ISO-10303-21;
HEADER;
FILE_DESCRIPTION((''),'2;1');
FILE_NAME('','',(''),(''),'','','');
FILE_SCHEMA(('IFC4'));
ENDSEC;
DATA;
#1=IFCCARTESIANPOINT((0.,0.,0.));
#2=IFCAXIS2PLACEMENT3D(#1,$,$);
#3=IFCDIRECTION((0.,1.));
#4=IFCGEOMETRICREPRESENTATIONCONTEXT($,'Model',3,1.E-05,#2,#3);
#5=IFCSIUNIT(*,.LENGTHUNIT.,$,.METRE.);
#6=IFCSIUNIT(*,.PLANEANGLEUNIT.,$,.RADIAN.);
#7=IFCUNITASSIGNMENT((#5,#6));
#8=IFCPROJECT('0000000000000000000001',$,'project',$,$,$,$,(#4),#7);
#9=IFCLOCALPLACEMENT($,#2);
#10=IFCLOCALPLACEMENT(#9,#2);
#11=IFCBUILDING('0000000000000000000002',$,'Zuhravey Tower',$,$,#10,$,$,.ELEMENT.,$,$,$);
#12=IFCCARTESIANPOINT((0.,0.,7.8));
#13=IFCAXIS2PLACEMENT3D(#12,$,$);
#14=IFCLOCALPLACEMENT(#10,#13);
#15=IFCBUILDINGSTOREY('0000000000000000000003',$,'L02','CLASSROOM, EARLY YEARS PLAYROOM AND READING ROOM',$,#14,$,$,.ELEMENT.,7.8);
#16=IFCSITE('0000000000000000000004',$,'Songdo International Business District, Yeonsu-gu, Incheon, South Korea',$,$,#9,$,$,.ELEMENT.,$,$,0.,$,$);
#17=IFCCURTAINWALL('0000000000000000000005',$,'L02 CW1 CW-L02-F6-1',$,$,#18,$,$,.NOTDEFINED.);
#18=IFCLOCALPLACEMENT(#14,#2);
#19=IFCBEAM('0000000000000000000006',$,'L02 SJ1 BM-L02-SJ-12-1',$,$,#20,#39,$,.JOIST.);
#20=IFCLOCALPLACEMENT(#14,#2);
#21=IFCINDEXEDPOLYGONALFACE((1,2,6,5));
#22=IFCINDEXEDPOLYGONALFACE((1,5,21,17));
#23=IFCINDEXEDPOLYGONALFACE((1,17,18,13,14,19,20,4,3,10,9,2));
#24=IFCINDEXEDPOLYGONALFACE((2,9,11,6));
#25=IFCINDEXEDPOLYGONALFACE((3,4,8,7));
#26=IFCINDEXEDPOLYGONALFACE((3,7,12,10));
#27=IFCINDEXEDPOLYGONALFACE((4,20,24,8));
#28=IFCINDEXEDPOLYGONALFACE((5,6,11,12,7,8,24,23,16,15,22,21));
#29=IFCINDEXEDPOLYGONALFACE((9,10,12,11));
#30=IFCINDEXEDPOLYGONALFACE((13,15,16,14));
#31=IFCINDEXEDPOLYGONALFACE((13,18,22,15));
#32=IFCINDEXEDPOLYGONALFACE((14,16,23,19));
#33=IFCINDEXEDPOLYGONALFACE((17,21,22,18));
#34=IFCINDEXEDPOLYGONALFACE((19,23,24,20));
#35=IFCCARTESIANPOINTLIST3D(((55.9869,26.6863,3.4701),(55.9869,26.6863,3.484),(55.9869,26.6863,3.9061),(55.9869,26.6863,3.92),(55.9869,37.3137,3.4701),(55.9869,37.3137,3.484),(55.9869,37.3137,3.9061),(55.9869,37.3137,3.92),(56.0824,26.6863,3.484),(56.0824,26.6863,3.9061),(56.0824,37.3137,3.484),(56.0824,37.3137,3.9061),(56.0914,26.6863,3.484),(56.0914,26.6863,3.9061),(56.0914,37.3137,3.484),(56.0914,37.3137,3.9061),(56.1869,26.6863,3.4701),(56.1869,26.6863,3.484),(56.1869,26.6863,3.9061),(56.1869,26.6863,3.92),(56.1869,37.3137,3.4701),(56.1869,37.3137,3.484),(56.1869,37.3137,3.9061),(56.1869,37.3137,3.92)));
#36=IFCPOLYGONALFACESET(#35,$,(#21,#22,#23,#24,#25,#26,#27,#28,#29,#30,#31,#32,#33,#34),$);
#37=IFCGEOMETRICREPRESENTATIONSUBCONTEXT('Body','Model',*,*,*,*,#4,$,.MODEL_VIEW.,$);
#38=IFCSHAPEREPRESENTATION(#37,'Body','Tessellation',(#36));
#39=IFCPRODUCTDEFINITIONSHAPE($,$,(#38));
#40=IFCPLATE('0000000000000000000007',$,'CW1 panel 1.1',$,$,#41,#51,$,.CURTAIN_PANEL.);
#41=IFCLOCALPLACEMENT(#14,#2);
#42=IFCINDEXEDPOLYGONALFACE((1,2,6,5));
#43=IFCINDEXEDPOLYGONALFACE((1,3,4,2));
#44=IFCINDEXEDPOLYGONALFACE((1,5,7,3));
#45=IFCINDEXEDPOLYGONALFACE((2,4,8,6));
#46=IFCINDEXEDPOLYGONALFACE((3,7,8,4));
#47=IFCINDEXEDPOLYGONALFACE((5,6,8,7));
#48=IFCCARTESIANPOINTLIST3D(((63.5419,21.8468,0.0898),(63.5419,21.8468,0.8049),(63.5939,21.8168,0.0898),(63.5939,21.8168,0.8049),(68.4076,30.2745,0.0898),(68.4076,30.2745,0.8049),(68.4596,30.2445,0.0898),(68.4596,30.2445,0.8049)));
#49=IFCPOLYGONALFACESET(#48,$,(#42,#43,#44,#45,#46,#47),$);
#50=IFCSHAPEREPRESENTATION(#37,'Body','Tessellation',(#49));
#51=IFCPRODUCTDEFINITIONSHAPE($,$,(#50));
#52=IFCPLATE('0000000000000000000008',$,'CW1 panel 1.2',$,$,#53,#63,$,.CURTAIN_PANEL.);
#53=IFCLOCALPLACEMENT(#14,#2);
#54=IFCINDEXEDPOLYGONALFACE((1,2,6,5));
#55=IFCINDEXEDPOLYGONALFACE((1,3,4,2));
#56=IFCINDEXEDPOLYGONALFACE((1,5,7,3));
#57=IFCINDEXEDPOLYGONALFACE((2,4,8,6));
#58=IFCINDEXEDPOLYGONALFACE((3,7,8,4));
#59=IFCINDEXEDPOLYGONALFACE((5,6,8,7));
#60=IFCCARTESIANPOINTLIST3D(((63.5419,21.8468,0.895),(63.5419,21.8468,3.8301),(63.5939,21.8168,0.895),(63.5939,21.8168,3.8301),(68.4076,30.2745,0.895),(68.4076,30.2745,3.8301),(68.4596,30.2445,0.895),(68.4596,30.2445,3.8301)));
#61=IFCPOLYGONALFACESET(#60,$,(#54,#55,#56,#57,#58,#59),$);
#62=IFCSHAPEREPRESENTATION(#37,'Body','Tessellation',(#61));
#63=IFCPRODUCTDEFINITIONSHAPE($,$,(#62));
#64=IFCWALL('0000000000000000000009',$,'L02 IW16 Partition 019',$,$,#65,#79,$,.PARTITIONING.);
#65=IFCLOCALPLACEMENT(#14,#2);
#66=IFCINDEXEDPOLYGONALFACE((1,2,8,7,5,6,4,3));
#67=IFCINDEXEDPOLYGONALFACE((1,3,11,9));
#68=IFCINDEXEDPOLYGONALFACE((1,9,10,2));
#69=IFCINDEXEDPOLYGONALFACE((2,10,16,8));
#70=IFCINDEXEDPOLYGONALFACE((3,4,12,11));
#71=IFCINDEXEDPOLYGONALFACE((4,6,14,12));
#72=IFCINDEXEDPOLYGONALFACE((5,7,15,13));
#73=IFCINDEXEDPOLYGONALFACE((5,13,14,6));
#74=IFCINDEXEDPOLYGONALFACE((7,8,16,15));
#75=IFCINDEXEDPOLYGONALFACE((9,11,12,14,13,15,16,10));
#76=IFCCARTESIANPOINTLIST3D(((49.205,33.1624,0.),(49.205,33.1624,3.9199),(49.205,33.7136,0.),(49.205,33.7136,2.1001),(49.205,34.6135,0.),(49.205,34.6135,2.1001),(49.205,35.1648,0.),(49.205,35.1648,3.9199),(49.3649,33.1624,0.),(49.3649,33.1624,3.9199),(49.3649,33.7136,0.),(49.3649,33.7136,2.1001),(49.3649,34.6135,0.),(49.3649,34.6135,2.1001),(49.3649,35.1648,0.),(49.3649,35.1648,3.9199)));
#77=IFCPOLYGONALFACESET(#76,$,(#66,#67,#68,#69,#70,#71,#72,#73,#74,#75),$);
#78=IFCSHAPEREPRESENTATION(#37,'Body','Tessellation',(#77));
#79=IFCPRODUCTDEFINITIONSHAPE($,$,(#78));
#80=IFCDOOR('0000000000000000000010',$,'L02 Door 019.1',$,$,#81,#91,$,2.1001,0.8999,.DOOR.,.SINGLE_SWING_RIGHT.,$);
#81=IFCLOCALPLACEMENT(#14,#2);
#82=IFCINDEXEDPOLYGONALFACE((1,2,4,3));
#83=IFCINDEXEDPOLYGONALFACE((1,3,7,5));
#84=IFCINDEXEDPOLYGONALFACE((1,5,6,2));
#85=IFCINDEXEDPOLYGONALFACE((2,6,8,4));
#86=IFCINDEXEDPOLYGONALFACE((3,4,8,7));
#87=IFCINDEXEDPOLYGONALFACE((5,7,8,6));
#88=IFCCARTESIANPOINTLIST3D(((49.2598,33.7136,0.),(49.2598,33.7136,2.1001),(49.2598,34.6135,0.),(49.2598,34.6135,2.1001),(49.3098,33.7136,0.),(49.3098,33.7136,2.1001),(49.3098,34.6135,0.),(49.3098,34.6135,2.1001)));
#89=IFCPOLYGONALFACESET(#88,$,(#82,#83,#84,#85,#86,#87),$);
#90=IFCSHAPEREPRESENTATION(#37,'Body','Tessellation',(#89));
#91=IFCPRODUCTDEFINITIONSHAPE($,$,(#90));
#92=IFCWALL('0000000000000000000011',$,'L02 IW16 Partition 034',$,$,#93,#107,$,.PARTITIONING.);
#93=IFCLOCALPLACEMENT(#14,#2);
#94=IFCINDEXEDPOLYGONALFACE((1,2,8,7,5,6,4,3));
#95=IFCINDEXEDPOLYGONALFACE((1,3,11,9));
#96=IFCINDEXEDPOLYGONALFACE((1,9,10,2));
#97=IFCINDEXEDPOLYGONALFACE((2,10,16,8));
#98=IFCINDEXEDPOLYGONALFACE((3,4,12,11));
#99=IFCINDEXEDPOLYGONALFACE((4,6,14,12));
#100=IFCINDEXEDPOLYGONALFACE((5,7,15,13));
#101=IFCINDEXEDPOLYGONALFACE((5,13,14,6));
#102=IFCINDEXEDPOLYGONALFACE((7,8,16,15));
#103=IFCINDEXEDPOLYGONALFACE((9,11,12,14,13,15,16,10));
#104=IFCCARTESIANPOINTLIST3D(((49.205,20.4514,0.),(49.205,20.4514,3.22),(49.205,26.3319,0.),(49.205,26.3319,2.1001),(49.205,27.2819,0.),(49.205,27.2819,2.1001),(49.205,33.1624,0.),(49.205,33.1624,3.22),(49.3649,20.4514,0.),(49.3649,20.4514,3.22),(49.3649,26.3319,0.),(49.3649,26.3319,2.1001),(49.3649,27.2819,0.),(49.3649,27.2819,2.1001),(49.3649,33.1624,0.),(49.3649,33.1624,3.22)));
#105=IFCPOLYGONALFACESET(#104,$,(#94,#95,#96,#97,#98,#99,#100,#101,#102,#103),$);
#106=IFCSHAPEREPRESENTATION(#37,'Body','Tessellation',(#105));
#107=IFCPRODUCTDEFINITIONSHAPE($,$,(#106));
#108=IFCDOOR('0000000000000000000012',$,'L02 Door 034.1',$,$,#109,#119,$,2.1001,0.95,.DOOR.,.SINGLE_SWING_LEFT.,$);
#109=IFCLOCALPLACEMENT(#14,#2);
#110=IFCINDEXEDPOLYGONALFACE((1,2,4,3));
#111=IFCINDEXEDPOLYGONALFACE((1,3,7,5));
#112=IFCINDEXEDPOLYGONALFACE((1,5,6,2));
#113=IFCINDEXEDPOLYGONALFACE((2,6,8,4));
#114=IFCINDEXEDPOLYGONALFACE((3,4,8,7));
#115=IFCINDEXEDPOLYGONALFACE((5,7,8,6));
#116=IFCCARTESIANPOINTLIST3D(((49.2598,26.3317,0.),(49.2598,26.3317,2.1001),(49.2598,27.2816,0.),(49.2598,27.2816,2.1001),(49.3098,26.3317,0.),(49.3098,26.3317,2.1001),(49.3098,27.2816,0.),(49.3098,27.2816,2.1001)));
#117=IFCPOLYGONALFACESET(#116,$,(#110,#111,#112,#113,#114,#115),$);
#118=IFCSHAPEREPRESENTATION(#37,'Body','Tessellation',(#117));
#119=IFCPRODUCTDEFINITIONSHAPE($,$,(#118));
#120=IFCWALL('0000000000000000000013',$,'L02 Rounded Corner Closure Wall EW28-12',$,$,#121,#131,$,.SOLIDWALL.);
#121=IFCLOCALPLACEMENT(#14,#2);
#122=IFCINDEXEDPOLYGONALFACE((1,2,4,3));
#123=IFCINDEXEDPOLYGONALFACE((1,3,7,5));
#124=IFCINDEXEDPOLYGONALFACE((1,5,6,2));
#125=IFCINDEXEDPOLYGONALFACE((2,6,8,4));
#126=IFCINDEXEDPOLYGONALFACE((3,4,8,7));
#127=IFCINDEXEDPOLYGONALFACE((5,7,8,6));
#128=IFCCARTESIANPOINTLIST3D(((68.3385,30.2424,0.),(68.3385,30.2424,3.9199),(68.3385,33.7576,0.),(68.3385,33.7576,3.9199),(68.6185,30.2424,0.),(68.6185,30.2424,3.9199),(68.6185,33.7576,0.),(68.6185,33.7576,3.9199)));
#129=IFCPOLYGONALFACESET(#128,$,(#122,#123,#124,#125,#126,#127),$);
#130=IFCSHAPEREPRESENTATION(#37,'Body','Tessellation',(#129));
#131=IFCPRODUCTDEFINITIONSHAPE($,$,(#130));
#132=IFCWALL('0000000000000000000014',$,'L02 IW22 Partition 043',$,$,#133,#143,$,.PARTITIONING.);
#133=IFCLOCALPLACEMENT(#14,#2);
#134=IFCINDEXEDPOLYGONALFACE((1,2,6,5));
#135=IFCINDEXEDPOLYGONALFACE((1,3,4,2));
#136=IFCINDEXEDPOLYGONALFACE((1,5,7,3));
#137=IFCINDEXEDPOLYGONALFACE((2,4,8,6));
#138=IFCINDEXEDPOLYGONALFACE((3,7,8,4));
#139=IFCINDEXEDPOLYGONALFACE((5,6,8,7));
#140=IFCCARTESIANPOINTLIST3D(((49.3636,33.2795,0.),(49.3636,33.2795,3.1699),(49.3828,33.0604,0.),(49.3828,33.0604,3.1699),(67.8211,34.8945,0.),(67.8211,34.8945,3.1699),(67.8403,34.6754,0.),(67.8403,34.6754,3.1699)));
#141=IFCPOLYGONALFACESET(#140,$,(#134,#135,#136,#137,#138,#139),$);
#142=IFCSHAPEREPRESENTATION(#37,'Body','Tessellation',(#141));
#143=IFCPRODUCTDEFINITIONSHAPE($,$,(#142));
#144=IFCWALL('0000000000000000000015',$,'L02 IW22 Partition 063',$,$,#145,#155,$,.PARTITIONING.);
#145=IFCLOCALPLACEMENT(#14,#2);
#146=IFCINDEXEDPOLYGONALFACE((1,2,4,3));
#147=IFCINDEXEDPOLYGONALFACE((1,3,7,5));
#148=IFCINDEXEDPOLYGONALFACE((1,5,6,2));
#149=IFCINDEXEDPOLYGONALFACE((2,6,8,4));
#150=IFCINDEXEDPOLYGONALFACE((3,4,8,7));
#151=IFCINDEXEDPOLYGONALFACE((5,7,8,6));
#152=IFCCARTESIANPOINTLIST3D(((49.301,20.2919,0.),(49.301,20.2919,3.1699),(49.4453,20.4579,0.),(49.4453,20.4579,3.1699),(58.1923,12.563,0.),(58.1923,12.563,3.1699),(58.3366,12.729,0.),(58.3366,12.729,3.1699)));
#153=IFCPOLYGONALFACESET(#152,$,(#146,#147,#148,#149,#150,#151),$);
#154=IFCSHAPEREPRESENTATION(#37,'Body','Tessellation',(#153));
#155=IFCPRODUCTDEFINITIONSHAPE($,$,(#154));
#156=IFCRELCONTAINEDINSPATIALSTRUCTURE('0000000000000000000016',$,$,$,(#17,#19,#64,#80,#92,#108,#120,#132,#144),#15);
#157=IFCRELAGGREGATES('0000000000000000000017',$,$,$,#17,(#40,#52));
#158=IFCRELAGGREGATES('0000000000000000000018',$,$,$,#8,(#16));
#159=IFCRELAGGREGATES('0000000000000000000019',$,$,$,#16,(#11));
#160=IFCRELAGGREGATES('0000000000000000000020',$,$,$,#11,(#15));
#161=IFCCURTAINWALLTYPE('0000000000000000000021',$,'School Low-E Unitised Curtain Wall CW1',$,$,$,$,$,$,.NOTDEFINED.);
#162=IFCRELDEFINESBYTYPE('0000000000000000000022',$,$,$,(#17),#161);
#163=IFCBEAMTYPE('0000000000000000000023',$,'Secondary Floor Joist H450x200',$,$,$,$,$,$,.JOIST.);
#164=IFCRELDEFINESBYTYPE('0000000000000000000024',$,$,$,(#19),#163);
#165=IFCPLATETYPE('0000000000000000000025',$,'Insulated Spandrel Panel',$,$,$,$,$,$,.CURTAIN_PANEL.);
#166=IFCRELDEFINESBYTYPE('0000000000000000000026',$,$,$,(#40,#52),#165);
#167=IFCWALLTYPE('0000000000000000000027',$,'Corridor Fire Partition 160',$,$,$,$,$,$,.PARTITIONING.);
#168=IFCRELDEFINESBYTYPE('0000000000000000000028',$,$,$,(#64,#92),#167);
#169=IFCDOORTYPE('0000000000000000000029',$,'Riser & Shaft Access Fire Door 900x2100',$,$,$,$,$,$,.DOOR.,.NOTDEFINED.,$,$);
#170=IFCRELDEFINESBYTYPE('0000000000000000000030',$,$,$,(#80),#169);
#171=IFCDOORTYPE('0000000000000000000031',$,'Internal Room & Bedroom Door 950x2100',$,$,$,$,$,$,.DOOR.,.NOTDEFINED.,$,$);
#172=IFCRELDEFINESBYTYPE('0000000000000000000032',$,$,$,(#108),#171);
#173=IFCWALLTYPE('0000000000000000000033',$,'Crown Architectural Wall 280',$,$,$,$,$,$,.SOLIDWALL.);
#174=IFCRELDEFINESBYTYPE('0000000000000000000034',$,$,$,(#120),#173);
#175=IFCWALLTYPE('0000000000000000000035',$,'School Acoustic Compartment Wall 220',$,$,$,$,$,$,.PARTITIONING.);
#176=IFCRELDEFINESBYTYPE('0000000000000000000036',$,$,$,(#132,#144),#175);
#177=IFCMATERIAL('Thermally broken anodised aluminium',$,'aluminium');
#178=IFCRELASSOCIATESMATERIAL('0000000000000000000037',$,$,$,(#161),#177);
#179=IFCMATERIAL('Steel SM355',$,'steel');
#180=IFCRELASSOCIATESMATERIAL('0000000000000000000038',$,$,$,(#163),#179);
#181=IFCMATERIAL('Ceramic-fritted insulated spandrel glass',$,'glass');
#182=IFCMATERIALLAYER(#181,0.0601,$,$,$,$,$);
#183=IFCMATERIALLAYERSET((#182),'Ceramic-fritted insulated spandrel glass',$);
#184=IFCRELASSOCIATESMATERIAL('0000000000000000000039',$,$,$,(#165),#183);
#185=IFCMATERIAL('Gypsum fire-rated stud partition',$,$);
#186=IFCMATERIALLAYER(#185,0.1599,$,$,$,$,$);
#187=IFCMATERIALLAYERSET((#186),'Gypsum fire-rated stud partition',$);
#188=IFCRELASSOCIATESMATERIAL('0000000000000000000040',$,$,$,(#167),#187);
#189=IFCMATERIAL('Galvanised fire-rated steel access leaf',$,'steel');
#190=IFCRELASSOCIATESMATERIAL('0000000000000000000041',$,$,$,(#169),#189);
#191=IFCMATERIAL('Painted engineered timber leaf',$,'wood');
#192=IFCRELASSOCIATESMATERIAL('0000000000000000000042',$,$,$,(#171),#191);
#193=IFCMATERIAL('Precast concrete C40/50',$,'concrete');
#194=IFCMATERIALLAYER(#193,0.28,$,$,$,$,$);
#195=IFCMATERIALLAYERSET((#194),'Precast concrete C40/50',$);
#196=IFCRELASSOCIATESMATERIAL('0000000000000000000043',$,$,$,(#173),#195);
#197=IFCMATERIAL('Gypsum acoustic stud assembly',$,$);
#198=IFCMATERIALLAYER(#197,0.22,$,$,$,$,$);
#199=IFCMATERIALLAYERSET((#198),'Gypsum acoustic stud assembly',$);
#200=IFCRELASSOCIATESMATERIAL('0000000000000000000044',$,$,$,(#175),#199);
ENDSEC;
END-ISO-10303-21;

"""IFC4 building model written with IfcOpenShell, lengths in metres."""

from ifc_helpers import new_model, si_unit, direction, frame, frame_2d, origin, origin_2d, place, context, subcontext, project, spatial, rectangle, i_section, extrude, material, layer, layer_set, material_profile, profile_set, type_object, element, fill, aggregate, save


model = new_model("IFC4")

# Units and contexts
model_context = context("Model", 3, precision=1e-05, world=origin(), true_north=direction((0.0, 1.0)))
body_context = subcontext(model_context, "Body", "Model", "MODEL_VIEW")
ifc_project = project(units=[si_unit("LENGTHUNIT", "METRE"), si_unit("PLANEANGLEUNIT", "RADIAN")], contexts=[model_context])

# Site, building, storey
site_placement = place(None, origin())
site = spatial("IfcSite", under=ifc_project, at=site_placement, Name="Songdo International Business District, Yeonsu-gu, Incheon, South Korea", CompositionType="ELEMENT", RefElevation=0.0)
building_placement = place(site_placement, origin())
building = spatial("IfcBuilding", under=site, at=building_placement, Name="Zuhravey Tower", CompositionType="ELEMENT")
storey_placement = place(building_placement, frame((0.0, 0.0, 7.8)))
storey = spatial("IfcBuildingStorey", under=building, at=storey_placement, Name="L02", Description="CLASSROOM, EARLY YEARS PLAYROOM AND READING ROOM", CompositionType="ELEMENT", Elevation=7.8)

# Curtain wall
ifc_material_1 = material(Name="Thermally broken anodised aluminium", Category="aluminium")
curtain_wall_type = type_object("IfcCurtainWallType", Name="School Low-E Unitised Curtain Wall CW1", PredefinedType="NOTDEFINED", material=ifc_material_1)
curtain_wall_1_placement = place(storey_placement, origin())
curtain_wall_1 = element("IfcCurtainWall", 1, at=curtain_wall_1_placement, inside=storey, type_object=curtain_wall_type, Name="L02 CW1 CW-L02-F6-1", PredefinedType="NOTDEFINED")

# Beam
ifc_material_2 = material(Name="Steel SM355", Category="steel")
ifc_material_profile_1 = material_profile(ifc_material_2, i_section(OverallWidth=0.2, OverallDepth=0.45, WebThickness=0.009, FlangeThickness=0.0139, at=origin_2d()), Name="H-450x200x9x14")
ifc_profile_set_1 = profile_set([ifc_material_profile_1], Name="Steel SM355")
beam_type_1 = type_object("IfcBeamType", Name="Secondary Floor Joist H450x200", PredefinedType="JOIST", material=ifc_profile_set_1)
beam_1_placement = place(storey_placement, frame((56.0869, 26.6863, 3.6951), z_axis=(0.0, 1.0, 0.0), x_axis=(-1.0, 0.0, 0.0)))
element("IfcBeam", 2, at=beam_1_placement, inside=storey, type_object=beam_type_1, Name="L02 SJ1 BM-L02-SJ-12-1", PredefinedType="JOIST", context=body_context, shape_type="SweptSolid", body=[
    extrude(i_section(OverallWidth=0.2, OverallDepth=0.45, WebThickness=0.009, FlangeThickness=0.0139, at=origin_2d()), origin(), (0.0, 0.0, 1.0), 10.6274),
])

# Plates
ifc_material_3 = material(Name="Ceramic-fritted insulated spandrel glass", Category="glass")
ifc_layer_1 = layer(ifc_material_3, 0.0601)
ifc_layer_set_1 = layer_set([ifc_layer_1], Name="Ceramic-fritted insulated spandrel glass")
plate_type = type_object("IfcPlateType", Name="Insulated Spandrel Panel", PredefinedType="CURTAIN_PANEL", material=ifc_layer_set_1)
plate_1_placement = place(storey_placement, frame((66.0007, 26.0457, 0.0898), z_axis=(0.0, 0.0, 1.0), x_axis=(-0.5, -0.866026, 0.0)))
plate_1 = element("IfcPlate", 3, at=plate_1_placement, type_object=plate_type, Name="CW1 panel 1.1", PredefinedType="CURTAIN_PANEL", context=body_context, shape_type="SweptSolid", body=[
    extrude(rectangle(XDim=9.7314, YDim=0.0601, at=origin_2d()), origin(), (0.0, 0.0, 1.0), 0.7151),
])
plate_2_placement = place(storey_placement, frame((66.0007, 26.0457, 0.895), z_axis=(0.0, 0.0, 1.0), x_axis=(-0.5, -0.866026, 0.0)))
plate_2 = element("IfcPlate", 4, at=plate_2_placement, type_object=plate_type, Name="CW1 panel 1.2", PredefinedType="CURTAIN_PANEL", context=body_context, shape_type="SweptSolid", body=[
    extrude(rectangle(XDim=9.7314, YDim=0.0601, at=origin_2d()), origin(), (0.0, 0.0, 1.0), 2.9351),
])
aggregate(curtain_wall_1, [plate_1, plate_2])

# Walls, openings, doors
ifc_material_4 = material(Name="Gypsum fire-rated stud partition")
ifc_layer_2 = layer(ifc_material_4, 0.1599)
ifc_layer_set_2 = layer_set([ifc_layer_2], Name="Gypsum fire-rated stud partition")
wall_type_1 = type_object("IfcWallType", Name="Corridor Fire Partition 160", PredefinedType="PARTITIONING", material=ifc_layer_set_2)
wall_1_placement = place(storey_placement, frame((49.2849, 33.1624, 0.0), z_axis=(0.0, 0.0, 1.0), x_axis=(0.0, 1.0, 0.0)))
wall_1 = element("IfcWall", 5, at=wall_1_placement, inside=storey, type_object=wall_type_1, Name="L02 IW16 Partition 019", PredefinedType="PARTITIONING", context=body_context, shape_type="SweptSolid", body=[
    extrude(rectangle(XDim=2.0024, YDim=0.1599, at=frame_2d((1.0012, 0.0))), origin(), (0.0, 0.0, 1.0), 3.9199),
])
opening_1_placement = place(wall_1_placement, frame((0.5513, 0.0, 0.0)))
opening_1 = element("IfcOpeningElement", 6, at=opening_1_placement, cuts=wall_1, PredefinedType="OPENING", context=body_context, shape_type="SweptSolid", body=[
    extrude(rectangle(XDim=0.8999, YDim=2.1001, at=frame_2d((0.45, 1.05))), frame((0.0, 0.092, 0.0), z_axis=(0.0, -1.0, 0.0), x_axis=(1.0, 0.0, 0.0)), (0.0, 0.0, 1.0), 0.1838),
])
ifc_material_5 = material(Name="Galvanised fire-rated steel access leaf", Category="steel")
door_type_1 = type_object("IfcDoorType", Name="Riser & Shaft Access Fire Door 900x2100", OperationType="NOTDEFINED", PredefinedType="DOOR", material=ifc_material_5)
door_1_placement = place(opening_1_placement, frame((0.8999, 0.0, 0.0), z_axis=(0.0, 0.0, 1.0), x_axis=(-1.0, 0.0, 0.0)))
door_1 = element("IfcDoor", 7, at=door_1_placement, inside=storey, type_object=door_type_1, Name="L02 Door 019.1", OperationType="SINGLE_SWING_RIGHT", OverallHeight=2.1001, OverallWidth=0.8999, PredefinedType="DOOR", context=body_context, shape_type="SweptSolid", body=[
    extrude(rectangle(XDim=0.8999, YDim=2.1001, at=frame_2d((0.45, 1.05))), frame((0.0, 0.0249, 0.0), z_axis=(0.0, -1.0, 0.0), x_axis=(1.0, 0.0, 0.0)), (0.0, 0.0, 1.0), 0.05),
])
fill(opening_1, door_1)
wall_2_placement = place(storey_placement, frame((49.2849, 20.4514, 0.0), z_axis=(0.0, 0.0, 1.0), x_axis=(0.0, 1.0, 0.0)))
wall_2 = element("IfcWall", 8, at=wall_2_placement, inside=storey, type_object=wall_type_1, Name="L02 IW16 Partition 034", PredefinedType="PARTITIONING", context=body_context, shape_type="SweptSolid", body=[
    extrude(rectangle(XDim=12.7109, YDim=0.1599, at=frame_2d((6.3555, 0.0))), origin(), (0.0, 0.0, 1.0), 3.22),
])
opening_2_placement = place(wall_2_placement, frame((5.8804, 0.0, 0.0)))
opening_2 = element("IfcOpeningElement", 9, at=opening_2_placement, cuts=wall_2, PredefinedType="OPENING", context=body_context, shape_type="SweptSolid", body=[
    extrude(rectangle(XDim=0.95, YDim=2.1001, at=frame_2d((0.4751, 1.05))), frame((0.0, 0.092, 0.0), z_axis=(0.0, -1.0, 0.0), x_axis=(1.0, 0.0, 0.0)), (0.0, 0.0, 1.0), 0.1838),
])
ifc_material_6 = material(Name="Painted engineered timber leaf", Category="wood")
door_type_2 = type_object("IfcDoorType", Name="Internal Room & Bedroom Door 950x2100", OperationType="NOTDEFINED", PredefinedType="DOOR", material=ifc_material_6)
door_2_placement = place(opening_2_placement, frame((0.95, 0.0, 0.0), z_axis=(0.0, 0.0, 1.0), x_axis=(-1.0, 0.0, 0.0)))
door_2 = element("IfcDoor", 10, at=door_2_placement, inside=storey, type_object=door_type_2, Name="L02 Door 034.1", OperationType="SINGLE_SWING_LEFT", OverallHeight=2.1001, OverallWidth=0.95, PredefinedType="DOOR", context=body_context, shape_type="SweptSolid", body=[
    extrude(rectangle(XDim=0.95, YDim=2.1001, at=frame_2d((0.4751, 1.05))), frame((0.0, 0.0249, 0.0), z_axis=(0.0, -1.0, 0.0), x_axis=(1.0, 0.0, 0.0)), (0.0, 0.0, 1.0), 0.05),
])
fill(opening_2, door_2)

# Walls
ifc_material_7 = material(Name="Precast concrete C40/50", Category="concrete")
ifc_layer_3 = layer(ifc_material_7, 0.28)
ifc_layer_set_3 = layer_set([ifc_layer_3], Name="Precast concrete C40/50")
wall_type_2 = type_object("IfcWallType", Name="Crown Architectural Wall 280", PredefinedType="SOLIDWALL", material=ifc_layer_set_3)
wall_3_placement = place(storey_placement, frame((68.4785, 33.7576, 0.0), z_axis=(0.0, 0.0, 1.0), x_axis=(0.0, -1.0, 0.0)))
element("IfcWall", 11, at=wall_3_placement, inside=storey, type_object=wall_type_2, Name="L02 Rounded Corner Closure Wall EW28-12", PredefinedType="SOLIDWALL", context=body_context, shape_type="SweptSolid", body=[
    extrude(rectangle(XDim=3.5151, YDim=0.28, at=frame_2d((1.7576, 0.0))), origin(), (0.0, 0.0, 1.0), 3.9199),
])
ifc_material_8 = material(Name="Gypsum acoustic stud assembly")
ifc_layer_4 = layer(ifc_material_8, 0.22)
ifc_layer_set_4 = layer_set([ifc_layer_4], Name="Gypsum acoustic stud assembly")
wall_type_3 = type_object("IfcWallType", Name="School Acoustic Compartment Wall 220", PredefinedType="PARTITIONING", material=ifc_layer_set_4)
wall_4_placement = place(storey_placement, frame((49.373, 33.1699, 0.0), z_axis=(0.0, 0.0, 1.0), x_axis=(0.996194, 0.087165, 0.0)))
element("IfcWall", 12, at=wall_4_placement, inside=storey, type_object=wall_type_3, Name="L02 IW22 Partition 043", PredefinedType="PARTITIONING", context=body_context, shape_type="SweptSolid", body=[
    extrude(rectangle(XDim=18.5281, YDim=0.22, at=frame_2d((9.2642, 0.0))), origin(), (0.0, 0.0, 1.0), 3.1699),
])
wall_5_placement = place(storey_placement, frame((49.373, 20.375, 0.0), z_axis=(0.0, 0.0, 1.0), x_axis=(0.754715, -0.656052, 0.0)))
element("IfcWall", 13, at=wall_5_placement, inside=storey, type_object=wall_type_3, Name="L02 IW22 Partition 063", PredefinedType="PARTITIONING", context=body_context, shape_type="SweptSolid", body=[
    extrude(rectangle(XDim=11.781, YDim=0.22, at=frame_2d((5.8906, 0.0))), origin(), (0.0, 0.0, 1.0), 3.1699),
])

save(model, "model.ifc")
